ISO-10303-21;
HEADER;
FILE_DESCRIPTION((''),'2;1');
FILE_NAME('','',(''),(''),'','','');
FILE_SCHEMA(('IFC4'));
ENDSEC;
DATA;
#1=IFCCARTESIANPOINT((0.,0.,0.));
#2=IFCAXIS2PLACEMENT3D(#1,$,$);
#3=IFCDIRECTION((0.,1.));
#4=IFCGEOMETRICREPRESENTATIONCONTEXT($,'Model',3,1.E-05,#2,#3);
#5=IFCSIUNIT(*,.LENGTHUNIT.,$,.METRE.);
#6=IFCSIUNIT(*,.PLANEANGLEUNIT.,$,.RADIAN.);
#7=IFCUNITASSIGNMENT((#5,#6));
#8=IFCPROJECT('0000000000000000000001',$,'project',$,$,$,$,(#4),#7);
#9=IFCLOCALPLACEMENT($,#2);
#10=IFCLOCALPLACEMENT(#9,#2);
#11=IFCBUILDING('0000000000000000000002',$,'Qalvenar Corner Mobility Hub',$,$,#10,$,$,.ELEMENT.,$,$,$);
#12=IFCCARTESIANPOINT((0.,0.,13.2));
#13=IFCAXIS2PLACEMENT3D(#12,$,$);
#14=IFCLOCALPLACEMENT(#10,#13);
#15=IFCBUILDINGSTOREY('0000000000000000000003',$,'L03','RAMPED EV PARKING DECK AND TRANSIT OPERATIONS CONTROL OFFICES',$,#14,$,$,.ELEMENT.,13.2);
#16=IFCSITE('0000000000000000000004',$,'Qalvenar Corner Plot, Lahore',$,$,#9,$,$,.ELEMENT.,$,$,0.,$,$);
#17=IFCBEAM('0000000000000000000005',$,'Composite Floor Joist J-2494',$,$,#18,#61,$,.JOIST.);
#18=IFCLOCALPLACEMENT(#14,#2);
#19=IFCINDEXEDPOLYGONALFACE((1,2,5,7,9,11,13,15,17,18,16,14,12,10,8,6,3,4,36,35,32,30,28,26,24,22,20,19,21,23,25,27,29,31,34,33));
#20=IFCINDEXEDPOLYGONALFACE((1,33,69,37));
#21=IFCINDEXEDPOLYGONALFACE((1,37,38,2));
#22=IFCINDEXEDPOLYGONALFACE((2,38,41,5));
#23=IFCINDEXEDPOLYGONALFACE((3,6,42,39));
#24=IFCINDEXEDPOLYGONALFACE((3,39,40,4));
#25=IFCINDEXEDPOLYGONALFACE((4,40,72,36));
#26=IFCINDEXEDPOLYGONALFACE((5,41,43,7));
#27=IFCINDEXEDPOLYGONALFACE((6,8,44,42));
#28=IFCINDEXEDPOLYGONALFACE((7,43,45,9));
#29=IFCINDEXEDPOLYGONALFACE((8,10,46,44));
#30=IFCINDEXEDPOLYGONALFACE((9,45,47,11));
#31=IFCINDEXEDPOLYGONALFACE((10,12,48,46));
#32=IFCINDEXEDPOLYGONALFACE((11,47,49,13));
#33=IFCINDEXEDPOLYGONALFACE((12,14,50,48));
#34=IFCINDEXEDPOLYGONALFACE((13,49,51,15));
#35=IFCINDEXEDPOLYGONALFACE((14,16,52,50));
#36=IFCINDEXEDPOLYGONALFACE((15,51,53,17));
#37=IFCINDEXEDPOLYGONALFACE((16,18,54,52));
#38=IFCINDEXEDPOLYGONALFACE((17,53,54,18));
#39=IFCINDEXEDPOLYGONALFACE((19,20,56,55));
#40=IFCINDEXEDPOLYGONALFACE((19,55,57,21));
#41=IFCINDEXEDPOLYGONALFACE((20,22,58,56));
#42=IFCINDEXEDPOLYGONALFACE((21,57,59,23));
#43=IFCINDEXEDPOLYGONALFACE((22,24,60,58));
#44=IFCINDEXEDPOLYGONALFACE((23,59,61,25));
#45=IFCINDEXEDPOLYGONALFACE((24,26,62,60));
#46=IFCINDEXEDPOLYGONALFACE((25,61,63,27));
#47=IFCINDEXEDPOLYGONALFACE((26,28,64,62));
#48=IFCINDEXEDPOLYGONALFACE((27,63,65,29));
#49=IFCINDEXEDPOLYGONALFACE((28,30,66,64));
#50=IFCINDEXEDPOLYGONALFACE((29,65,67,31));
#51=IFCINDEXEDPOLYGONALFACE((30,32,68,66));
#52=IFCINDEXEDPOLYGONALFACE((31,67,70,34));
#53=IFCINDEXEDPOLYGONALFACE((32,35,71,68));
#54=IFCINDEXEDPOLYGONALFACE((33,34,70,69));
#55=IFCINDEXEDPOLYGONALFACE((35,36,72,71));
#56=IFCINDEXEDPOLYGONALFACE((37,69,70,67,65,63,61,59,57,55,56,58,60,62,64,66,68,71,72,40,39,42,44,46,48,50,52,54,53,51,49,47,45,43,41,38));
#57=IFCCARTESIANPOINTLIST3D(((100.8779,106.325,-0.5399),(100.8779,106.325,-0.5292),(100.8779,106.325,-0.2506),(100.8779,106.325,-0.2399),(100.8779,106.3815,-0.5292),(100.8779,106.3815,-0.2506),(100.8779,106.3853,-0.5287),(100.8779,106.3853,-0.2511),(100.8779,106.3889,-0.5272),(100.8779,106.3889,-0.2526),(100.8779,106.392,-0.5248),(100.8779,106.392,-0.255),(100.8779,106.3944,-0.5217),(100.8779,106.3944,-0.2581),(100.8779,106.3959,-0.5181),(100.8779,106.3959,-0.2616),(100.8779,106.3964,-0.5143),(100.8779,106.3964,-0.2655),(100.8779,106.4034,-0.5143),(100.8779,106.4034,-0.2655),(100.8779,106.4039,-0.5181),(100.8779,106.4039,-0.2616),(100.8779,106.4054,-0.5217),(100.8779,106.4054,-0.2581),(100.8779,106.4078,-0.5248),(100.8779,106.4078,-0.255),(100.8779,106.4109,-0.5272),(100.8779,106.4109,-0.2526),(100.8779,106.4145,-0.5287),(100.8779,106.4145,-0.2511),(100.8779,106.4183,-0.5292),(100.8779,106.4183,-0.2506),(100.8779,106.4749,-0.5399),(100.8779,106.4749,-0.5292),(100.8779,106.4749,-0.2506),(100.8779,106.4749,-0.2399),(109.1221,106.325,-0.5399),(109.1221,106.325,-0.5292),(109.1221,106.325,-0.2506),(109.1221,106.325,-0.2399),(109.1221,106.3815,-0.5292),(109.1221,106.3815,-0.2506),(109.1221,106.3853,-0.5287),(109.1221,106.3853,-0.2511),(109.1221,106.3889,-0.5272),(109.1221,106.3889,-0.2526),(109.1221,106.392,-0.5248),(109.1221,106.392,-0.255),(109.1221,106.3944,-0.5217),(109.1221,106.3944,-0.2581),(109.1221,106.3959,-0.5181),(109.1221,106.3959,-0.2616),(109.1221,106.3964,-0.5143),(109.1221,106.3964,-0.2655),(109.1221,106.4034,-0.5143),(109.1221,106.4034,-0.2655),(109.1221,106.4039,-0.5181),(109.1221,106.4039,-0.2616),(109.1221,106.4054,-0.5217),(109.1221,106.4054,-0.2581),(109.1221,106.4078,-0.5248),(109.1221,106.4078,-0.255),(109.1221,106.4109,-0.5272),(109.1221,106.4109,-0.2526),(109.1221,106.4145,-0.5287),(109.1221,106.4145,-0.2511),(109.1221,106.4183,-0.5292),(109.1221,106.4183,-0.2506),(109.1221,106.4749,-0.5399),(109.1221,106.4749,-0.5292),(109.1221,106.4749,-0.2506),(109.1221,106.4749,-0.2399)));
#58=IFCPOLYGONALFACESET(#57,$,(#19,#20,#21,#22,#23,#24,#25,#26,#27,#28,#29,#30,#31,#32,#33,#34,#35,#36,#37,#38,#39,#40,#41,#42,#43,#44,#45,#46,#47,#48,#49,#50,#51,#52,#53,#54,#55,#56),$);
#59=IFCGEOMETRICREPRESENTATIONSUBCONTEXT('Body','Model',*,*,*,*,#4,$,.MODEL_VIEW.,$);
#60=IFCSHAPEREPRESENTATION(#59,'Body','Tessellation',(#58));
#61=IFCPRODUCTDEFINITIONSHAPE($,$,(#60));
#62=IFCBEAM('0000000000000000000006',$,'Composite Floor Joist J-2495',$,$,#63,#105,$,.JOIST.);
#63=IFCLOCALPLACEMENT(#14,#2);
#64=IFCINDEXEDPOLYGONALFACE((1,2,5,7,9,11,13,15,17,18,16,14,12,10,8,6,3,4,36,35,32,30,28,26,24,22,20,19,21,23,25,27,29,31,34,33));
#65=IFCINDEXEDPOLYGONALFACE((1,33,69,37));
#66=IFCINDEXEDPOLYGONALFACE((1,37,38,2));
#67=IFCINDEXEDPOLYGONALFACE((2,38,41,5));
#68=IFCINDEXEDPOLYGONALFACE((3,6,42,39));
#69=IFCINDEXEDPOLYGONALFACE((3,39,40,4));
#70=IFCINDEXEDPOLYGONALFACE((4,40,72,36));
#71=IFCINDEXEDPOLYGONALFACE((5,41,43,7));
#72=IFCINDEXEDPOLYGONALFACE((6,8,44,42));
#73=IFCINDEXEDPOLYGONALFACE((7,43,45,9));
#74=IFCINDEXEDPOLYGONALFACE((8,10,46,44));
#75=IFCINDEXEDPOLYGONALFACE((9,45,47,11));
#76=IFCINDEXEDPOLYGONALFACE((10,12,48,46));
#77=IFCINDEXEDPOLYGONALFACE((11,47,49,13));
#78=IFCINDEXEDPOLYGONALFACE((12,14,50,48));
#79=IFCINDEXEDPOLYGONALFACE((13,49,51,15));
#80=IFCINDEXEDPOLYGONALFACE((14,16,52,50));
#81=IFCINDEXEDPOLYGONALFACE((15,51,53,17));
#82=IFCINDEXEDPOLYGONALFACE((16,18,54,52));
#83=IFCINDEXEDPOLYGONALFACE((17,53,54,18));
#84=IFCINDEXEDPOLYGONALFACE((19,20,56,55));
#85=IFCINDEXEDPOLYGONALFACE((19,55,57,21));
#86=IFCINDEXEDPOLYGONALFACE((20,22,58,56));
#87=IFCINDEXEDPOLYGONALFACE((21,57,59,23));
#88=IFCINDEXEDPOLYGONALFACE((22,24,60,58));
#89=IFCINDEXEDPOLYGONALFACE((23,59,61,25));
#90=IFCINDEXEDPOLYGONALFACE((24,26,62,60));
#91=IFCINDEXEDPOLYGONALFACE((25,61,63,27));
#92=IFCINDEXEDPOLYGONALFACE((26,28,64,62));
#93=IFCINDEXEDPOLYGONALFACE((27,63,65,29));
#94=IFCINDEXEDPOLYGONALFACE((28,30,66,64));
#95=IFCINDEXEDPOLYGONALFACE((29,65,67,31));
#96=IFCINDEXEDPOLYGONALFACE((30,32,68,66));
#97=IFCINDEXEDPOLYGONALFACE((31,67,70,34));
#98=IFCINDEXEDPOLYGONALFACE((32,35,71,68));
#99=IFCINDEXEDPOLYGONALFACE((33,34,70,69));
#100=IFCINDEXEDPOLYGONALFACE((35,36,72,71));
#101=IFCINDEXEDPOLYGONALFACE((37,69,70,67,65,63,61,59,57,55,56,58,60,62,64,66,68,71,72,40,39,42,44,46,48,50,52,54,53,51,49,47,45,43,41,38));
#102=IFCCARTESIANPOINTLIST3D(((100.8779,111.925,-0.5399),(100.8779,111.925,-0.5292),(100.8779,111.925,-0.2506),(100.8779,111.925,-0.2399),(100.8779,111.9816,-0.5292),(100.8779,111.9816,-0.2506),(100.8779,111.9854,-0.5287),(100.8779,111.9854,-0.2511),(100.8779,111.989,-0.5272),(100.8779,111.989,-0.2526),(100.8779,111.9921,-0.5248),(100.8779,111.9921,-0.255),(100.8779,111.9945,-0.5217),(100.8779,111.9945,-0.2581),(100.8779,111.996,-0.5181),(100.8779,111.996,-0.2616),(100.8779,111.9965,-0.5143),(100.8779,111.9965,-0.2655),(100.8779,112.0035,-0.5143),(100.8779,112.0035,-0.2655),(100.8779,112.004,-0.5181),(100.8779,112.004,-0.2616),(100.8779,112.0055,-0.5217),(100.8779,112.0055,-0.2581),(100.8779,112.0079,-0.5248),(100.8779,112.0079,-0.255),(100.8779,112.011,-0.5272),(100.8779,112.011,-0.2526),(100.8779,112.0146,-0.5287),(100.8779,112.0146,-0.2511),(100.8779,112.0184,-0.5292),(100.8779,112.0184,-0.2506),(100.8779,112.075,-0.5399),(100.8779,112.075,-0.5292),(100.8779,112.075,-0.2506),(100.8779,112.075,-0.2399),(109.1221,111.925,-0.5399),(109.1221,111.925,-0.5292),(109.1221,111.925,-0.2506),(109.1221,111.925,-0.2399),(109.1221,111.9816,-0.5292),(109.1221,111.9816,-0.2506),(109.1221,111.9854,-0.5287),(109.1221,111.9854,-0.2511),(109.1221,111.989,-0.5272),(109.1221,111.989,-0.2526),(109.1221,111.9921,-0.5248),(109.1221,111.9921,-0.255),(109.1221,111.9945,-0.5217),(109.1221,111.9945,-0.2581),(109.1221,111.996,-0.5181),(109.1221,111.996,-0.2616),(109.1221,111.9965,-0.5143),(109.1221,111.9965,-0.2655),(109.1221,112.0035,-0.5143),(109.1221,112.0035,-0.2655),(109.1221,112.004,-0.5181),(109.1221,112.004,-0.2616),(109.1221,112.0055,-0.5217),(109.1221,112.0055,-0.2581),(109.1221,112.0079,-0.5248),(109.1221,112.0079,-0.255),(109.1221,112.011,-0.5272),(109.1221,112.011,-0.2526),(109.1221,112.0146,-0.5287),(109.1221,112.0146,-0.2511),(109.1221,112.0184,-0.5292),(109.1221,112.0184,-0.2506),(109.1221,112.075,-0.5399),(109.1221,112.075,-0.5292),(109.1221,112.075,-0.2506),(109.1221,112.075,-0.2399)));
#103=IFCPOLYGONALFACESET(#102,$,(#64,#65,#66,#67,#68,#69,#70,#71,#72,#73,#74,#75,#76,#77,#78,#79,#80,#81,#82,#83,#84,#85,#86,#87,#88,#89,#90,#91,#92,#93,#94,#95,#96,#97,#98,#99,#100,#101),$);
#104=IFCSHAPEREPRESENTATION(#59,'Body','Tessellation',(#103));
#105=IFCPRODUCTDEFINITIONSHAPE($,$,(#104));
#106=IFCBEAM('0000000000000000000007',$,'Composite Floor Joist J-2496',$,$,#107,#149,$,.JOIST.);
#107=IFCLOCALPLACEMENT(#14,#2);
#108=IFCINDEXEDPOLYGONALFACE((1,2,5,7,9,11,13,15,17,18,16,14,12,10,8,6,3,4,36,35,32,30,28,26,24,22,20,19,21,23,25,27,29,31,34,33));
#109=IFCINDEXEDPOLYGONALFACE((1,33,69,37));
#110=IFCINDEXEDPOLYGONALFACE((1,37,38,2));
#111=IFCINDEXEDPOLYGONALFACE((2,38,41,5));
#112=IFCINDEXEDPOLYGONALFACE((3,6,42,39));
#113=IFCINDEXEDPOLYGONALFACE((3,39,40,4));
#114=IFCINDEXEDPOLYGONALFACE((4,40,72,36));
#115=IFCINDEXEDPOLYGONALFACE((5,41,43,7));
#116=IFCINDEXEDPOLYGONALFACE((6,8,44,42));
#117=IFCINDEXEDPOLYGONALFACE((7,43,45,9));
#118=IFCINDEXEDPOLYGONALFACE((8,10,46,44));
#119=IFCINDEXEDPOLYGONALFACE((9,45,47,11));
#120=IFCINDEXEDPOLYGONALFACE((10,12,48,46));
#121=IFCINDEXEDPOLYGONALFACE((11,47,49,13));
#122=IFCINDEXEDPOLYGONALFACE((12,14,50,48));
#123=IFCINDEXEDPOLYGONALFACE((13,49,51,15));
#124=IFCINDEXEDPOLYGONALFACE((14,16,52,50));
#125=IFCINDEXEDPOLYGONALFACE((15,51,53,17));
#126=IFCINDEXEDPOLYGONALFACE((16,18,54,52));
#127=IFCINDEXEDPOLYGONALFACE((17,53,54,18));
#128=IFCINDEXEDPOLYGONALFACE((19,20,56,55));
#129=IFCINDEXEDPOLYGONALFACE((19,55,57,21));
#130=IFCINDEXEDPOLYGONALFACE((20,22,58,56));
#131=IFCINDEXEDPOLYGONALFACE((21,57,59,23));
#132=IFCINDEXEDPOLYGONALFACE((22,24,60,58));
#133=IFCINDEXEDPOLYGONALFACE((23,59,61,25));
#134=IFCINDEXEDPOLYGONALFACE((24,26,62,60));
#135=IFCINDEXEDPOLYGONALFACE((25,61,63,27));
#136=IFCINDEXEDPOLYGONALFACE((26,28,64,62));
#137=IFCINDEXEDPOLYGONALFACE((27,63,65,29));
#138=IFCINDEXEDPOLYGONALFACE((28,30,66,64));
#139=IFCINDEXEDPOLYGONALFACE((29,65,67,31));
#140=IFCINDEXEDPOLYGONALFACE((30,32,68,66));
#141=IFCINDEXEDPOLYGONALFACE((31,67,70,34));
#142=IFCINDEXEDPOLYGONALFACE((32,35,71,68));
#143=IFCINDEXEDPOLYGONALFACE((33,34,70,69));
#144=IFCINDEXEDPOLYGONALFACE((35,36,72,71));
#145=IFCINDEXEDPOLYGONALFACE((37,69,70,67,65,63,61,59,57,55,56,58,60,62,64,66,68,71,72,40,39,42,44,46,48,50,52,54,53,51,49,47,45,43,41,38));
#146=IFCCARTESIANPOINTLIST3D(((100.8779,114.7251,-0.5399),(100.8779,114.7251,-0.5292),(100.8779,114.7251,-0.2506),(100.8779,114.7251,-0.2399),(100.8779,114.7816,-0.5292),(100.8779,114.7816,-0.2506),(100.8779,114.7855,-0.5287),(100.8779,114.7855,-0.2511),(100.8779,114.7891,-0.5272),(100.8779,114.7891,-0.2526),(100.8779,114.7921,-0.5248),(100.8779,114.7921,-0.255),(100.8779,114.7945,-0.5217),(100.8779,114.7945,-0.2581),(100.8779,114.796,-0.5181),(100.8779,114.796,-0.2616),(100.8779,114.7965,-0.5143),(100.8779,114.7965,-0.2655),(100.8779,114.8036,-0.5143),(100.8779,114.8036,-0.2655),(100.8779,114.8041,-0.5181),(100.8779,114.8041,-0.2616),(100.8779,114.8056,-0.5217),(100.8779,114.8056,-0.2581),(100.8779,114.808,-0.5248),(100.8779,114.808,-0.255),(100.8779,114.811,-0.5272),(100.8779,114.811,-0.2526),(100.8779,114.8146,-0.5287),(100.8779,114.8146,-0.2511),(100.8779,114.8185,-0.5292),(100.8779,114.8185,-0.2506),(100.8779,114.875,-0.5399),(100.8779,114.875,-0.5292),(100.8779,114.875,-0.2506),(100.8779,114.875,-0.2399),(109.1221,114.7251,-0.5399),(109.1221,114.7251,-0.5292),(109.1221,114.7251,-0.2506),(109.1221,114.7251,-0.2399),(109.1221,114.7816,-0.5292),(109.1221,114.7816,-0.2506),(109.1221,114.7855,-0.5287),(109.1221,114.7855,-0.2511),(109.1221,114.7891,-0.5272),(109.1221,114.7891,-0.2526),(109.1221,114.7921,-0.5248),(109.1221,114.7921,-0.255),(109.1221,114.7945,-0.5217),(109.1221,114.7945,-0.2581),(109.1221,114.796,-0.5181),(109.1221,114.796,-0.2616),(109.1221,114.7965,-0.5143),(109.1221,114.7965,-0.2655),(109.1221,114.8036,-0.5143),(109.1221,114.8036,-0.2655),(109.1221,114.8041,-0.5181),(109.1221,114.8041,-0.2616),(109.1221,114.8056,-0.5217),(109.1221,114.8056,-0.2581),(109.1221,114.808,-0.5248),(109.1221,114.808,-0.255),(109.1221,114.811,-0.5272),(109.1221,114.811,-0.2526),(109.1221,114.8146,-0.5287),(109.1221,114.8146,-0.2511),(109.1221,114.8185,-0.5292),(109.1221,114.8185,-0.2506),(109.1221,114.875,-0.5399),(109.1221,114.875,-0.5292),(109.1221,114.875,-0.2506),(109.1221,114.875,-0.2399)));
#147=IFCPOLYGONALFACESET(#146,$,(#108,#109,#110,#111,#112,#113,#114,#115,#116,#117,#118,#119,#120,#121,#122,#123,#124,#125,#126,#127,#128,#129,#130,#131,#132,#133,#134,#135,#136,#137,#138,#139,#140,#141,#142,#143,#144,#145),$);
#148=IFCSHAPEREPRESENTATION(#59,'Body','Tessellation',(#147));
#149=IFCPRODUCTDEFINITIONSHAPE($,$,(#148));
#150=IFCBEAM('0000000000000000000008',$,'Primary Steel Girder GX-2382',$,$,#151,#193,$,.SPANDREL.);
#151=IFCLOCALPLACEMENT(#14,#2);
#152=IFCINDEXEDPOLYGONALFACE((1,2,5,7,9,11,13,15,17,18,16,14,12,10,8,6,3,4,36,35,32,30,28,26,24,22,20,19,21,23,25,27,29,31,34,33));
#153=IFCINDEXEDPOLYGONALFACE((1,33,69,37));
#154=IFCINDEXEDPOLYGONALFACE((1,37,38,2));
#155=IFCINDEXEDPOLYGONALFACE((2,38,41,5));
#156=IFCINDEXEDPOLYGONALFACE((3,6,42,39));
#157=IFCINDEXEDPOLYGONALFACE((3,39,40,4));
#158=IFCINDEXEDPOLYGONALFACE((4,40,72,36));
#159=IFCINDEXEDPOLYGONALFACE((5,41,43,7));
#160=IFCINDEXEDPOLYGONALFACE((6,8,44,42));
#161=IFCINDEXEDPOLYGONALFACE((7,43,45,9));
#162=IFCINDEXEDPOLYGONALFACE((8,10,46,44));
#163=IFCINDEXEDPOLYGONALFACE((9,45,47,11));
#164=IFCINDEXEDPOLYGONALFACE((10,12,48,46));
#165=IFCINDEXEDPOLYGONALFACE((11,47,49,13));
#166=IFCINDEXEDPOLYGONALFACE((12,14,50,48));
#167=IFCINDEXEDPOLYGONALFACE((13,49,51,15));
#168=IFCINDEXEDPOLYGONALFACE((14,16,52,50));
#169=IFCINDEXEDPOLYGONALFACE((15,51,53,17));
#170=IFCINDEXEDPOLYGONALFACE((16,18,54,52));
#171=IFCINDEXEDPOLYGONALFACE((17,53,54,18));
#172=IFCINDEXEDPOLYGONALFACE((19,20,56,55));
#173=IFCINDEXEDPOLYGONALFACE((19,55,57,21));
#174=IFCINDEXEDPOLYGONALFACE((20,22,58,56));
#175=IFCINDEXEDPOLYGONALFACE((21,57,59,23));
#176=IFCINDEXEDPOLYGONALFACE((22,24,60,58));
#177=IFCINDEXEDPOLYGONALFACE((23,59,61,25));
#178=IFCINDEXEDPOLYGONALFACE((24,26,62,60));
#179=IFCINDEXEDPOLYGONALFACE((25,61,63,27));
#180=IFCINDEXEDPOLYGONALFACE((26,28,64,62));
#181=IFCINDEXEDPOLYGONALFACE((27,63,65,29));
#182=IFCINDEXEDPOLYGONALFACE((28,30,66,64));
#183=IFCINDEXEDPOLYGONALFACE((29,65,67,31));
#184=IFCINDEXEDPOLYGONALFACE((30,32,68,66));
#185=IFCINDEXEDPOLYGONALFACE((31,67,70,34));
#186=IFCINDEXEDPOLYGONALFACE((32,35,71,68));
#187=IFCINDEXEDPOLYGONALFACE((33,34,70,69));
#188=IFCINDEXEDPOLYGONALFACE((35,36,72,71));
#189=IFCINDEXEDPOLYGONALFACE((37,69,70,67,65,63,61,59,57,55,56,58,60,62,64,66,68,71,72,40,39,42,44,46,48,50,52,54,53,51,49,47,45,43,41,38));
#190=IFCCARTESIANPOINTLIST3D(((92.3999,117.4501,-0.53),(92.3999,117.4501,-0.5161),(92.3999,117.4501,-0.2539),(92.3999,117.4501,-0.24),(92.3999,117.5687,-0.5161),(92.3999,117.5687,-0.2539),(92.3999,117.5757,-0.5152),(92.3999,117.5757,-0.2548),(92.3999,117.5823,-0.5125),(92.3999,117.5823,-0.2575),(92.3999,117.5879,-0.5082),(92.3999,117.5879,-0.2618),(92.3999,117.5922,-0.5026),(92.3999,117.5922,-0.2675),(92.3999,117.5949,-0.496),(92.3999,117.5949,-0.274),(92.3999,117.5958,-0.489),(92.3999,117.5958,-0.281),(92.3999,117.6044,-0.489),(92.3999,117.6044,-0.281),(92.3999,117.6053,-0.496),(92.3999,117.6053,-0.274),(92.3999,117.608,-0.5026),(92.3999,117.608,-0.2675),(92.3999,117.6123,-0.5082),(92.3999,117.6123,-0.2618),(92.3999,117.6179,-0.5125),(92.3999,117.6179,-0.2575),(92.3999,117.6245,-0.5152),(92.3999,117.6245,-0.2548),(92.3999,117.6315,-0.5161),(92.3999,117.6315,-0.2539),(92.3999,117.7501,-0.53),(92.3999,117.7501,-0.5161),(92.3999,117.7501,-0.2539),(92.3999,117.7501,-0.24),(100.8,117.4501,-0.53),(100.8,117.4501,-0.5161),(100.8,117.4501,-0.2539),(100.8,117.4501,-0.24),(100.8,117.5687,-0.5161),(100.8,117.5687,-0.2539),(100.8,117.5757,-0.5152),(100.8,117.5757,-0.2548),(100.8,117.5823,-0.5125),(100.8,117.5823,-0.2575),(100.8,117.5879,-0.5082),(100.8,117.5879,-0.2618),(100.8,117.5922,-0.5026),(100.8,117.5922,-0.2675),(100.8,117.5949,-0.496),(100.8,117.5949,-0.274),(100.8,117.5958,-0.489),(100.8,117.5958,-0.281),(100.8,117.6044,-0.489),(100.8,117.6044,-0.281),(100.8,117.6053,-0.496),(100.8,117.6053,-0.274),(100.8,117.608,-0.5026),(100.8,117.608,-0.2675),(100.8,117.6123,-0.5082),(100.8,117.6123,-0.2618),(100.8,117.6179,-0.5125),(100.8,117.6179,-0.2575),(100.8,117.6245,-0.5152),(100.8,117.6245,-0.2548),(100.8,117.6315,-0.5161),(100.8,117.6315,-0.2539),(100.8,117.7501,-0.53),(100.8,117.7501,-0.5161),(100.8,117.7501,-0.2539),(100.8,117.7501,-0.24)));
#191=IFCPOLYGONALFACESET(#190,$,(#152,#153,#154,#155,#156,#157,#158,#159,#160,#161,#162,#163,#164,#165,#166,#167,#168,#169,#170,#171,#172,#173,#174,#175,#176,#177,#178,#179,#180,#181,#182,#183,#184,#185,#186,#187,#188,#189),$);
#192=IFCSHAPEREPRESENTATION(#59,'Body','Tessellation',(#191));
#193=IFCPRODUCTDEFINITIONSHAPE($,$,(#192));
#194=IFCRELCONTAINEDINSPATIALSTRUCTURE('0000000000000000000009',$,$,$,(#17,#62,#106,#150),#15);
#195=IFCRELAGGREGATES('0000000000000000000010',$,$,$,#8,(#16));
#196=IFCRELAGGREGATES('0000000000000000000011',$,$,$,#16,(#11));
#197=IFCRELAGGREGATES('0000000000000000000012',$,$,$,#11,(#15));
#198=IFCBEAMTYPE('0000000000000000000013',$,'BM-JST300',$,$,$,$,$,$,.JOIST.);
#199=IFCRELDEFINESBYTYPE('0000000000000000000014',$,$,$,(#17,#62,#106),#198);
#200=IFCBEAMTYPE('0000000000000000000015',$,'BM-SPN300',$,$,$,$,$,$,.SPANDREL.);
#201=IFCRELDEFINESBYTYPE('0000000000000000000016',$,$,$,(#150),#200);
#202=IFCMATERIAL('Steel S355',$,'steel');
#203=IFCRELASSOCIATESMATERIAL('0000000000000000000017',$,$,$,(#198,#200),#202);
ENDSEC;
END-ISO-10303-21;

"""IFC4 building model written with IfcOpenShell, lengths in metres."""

from ifc_helpers import new_model, si_unit, direction, frame, origin, origin_2d, place, context, subcontext, project, spatial, i_section, extrude, material, material_profile, profile_set, type_object, element, save


model = new_model("IFC4")

# Units and contexts
model_context = context("Model", 3, precision=1e-05, world=origin(), true_north=direction((0.0, 1.0)))
body_context = subcontext(model_context, "Body", "Model", "MODEL_VIEW")
ifc_project = project(units=[si_unit("LENGTHUNIT", "METRE"), si_unit("PLANEANGLEUNIT", "RADIAN")], contexts=[model_context])

# Site, building, storey
site_placement = place(None, origin())
site = spatial("IfcSite", under=ifc_project, at=site_placement, Name="Qalvenar Corner Plot, Lahore", CompositionType="ELEMENT", RefElevation=0.0)
building_placement = place(site_placement, origin())
building = spatial("IfcBuilding", under=site, at=building_placement, Name="Qalvenar Corner Mobility Hub", CompositionType="ELEMENT")
storey_placement = place(building_placement, frame((0.0, 0.0, 13.2)))
storey = spatial("IfcBuildingStorey", under=building, at=storey_placement, Name="L03", Description="RAMPED EV PARKING DECK AND TRANSIT OPERATIONS CONTROL OFFICES", CompositionType="ELEMENT", Elevation=13.2)

# Shared definitions
ifc_material = material(Name="Steel S355", Category="steel")

# Beams
ifc_material_profile_1 = material_profile(ifc_material, i_section(OverallWidth=0.1499, OverallDepth=0.3, WebThickness=0.0071, FlangeThickness=0.0107, FilletRadius=0.0149, at=origin_2d()), Name="IPE300")
ifc_profile_set_1 = profile_set([ifc_material_profile_1], Name="Steel S355")
beam_type_1 = type_object("IfcBeamType", Name="BM-JST300", PredefinedType="JOIST", material=ifc_profile_set_1)
for number, where, z_axis, x_axis, name in (
    (1, (100.8779, 106.3999, -0.3899), (1.0, 0.0, 0.0), (0.0, 1.0, 0.0), "Composite Floor Joist J-2494"),
    (2, (100.8779, 112.0, -0.3899), (1.0, 0.0, 0.0), (0.0, 1.0, 0.0), "Composite Floor Joist J-2495"),
    (3, (100.8779, 114.8, -0.3899), (1.0, 0.0, 0.0), (0.0, 1.0, 0.0), "Composite Floor Joist J-2496"),
):
    element("IfcBeam", number, at=place(storey_placement, frame(where, z_axis=z_axis, x_axis=x_axis)), inside=storey, type_object=beam_type_1, Name=name, PredefinedType="JOIST", context=body_context, shape_type="SweptSolid", body=[
        extrude(i_section(OverallWidth=0.1499, OverallDepth=0.3, WebThickness=0.0071, FlangeThickness=0.0107, FilletRadius=0.0149, at=origin_2d()), origin(), (0.0, 0.0, 1.0), 8.2441),
    ])
ifc_material_profile_2 = material_profile(ifc_material, i_section(OverallWidth=0.3, OverallDepth=0.29, WebThickness=0.0085, FlangeThickness=0.0139, FilletRadius=0.0271, at=origin_2d()), Name="HEA300")
ifc_profile_set_2 = profile_set([ifc_material_profile_2], Name="Steel S355")
beam_type_2 = type_object("IfcBeamType", Name="BM-SPN300", PredefinedType="SPANDREL", material=ifc_profile_set_2)
beam_1_placement = place(storey_placement, frame((92.3999, 117.6001, -0.385), z_axis=(1.0, 0.0, 0.0), x_axis=(0.0, 1.0, 0.0)))
element("IfcBeam", 4, at=beam_1_placement, inside=storey, type_object=beam_type_2, Name="Primary Steel Girder GX-2382", PredefinedType="SPANDREL", context=body_context, shape_type="SweptSolid", body=[
    extrude(i_section(OverallWidth=0.3, OverallDepth=0.29, WebThickness=0.0085, FlangeThickness=0.0139, FilletRadius=0.0271, at=origin_2d()), origin(), (0.0, 0.0, 1.0), 8.4001),
])

save(model, "model.ifc")
